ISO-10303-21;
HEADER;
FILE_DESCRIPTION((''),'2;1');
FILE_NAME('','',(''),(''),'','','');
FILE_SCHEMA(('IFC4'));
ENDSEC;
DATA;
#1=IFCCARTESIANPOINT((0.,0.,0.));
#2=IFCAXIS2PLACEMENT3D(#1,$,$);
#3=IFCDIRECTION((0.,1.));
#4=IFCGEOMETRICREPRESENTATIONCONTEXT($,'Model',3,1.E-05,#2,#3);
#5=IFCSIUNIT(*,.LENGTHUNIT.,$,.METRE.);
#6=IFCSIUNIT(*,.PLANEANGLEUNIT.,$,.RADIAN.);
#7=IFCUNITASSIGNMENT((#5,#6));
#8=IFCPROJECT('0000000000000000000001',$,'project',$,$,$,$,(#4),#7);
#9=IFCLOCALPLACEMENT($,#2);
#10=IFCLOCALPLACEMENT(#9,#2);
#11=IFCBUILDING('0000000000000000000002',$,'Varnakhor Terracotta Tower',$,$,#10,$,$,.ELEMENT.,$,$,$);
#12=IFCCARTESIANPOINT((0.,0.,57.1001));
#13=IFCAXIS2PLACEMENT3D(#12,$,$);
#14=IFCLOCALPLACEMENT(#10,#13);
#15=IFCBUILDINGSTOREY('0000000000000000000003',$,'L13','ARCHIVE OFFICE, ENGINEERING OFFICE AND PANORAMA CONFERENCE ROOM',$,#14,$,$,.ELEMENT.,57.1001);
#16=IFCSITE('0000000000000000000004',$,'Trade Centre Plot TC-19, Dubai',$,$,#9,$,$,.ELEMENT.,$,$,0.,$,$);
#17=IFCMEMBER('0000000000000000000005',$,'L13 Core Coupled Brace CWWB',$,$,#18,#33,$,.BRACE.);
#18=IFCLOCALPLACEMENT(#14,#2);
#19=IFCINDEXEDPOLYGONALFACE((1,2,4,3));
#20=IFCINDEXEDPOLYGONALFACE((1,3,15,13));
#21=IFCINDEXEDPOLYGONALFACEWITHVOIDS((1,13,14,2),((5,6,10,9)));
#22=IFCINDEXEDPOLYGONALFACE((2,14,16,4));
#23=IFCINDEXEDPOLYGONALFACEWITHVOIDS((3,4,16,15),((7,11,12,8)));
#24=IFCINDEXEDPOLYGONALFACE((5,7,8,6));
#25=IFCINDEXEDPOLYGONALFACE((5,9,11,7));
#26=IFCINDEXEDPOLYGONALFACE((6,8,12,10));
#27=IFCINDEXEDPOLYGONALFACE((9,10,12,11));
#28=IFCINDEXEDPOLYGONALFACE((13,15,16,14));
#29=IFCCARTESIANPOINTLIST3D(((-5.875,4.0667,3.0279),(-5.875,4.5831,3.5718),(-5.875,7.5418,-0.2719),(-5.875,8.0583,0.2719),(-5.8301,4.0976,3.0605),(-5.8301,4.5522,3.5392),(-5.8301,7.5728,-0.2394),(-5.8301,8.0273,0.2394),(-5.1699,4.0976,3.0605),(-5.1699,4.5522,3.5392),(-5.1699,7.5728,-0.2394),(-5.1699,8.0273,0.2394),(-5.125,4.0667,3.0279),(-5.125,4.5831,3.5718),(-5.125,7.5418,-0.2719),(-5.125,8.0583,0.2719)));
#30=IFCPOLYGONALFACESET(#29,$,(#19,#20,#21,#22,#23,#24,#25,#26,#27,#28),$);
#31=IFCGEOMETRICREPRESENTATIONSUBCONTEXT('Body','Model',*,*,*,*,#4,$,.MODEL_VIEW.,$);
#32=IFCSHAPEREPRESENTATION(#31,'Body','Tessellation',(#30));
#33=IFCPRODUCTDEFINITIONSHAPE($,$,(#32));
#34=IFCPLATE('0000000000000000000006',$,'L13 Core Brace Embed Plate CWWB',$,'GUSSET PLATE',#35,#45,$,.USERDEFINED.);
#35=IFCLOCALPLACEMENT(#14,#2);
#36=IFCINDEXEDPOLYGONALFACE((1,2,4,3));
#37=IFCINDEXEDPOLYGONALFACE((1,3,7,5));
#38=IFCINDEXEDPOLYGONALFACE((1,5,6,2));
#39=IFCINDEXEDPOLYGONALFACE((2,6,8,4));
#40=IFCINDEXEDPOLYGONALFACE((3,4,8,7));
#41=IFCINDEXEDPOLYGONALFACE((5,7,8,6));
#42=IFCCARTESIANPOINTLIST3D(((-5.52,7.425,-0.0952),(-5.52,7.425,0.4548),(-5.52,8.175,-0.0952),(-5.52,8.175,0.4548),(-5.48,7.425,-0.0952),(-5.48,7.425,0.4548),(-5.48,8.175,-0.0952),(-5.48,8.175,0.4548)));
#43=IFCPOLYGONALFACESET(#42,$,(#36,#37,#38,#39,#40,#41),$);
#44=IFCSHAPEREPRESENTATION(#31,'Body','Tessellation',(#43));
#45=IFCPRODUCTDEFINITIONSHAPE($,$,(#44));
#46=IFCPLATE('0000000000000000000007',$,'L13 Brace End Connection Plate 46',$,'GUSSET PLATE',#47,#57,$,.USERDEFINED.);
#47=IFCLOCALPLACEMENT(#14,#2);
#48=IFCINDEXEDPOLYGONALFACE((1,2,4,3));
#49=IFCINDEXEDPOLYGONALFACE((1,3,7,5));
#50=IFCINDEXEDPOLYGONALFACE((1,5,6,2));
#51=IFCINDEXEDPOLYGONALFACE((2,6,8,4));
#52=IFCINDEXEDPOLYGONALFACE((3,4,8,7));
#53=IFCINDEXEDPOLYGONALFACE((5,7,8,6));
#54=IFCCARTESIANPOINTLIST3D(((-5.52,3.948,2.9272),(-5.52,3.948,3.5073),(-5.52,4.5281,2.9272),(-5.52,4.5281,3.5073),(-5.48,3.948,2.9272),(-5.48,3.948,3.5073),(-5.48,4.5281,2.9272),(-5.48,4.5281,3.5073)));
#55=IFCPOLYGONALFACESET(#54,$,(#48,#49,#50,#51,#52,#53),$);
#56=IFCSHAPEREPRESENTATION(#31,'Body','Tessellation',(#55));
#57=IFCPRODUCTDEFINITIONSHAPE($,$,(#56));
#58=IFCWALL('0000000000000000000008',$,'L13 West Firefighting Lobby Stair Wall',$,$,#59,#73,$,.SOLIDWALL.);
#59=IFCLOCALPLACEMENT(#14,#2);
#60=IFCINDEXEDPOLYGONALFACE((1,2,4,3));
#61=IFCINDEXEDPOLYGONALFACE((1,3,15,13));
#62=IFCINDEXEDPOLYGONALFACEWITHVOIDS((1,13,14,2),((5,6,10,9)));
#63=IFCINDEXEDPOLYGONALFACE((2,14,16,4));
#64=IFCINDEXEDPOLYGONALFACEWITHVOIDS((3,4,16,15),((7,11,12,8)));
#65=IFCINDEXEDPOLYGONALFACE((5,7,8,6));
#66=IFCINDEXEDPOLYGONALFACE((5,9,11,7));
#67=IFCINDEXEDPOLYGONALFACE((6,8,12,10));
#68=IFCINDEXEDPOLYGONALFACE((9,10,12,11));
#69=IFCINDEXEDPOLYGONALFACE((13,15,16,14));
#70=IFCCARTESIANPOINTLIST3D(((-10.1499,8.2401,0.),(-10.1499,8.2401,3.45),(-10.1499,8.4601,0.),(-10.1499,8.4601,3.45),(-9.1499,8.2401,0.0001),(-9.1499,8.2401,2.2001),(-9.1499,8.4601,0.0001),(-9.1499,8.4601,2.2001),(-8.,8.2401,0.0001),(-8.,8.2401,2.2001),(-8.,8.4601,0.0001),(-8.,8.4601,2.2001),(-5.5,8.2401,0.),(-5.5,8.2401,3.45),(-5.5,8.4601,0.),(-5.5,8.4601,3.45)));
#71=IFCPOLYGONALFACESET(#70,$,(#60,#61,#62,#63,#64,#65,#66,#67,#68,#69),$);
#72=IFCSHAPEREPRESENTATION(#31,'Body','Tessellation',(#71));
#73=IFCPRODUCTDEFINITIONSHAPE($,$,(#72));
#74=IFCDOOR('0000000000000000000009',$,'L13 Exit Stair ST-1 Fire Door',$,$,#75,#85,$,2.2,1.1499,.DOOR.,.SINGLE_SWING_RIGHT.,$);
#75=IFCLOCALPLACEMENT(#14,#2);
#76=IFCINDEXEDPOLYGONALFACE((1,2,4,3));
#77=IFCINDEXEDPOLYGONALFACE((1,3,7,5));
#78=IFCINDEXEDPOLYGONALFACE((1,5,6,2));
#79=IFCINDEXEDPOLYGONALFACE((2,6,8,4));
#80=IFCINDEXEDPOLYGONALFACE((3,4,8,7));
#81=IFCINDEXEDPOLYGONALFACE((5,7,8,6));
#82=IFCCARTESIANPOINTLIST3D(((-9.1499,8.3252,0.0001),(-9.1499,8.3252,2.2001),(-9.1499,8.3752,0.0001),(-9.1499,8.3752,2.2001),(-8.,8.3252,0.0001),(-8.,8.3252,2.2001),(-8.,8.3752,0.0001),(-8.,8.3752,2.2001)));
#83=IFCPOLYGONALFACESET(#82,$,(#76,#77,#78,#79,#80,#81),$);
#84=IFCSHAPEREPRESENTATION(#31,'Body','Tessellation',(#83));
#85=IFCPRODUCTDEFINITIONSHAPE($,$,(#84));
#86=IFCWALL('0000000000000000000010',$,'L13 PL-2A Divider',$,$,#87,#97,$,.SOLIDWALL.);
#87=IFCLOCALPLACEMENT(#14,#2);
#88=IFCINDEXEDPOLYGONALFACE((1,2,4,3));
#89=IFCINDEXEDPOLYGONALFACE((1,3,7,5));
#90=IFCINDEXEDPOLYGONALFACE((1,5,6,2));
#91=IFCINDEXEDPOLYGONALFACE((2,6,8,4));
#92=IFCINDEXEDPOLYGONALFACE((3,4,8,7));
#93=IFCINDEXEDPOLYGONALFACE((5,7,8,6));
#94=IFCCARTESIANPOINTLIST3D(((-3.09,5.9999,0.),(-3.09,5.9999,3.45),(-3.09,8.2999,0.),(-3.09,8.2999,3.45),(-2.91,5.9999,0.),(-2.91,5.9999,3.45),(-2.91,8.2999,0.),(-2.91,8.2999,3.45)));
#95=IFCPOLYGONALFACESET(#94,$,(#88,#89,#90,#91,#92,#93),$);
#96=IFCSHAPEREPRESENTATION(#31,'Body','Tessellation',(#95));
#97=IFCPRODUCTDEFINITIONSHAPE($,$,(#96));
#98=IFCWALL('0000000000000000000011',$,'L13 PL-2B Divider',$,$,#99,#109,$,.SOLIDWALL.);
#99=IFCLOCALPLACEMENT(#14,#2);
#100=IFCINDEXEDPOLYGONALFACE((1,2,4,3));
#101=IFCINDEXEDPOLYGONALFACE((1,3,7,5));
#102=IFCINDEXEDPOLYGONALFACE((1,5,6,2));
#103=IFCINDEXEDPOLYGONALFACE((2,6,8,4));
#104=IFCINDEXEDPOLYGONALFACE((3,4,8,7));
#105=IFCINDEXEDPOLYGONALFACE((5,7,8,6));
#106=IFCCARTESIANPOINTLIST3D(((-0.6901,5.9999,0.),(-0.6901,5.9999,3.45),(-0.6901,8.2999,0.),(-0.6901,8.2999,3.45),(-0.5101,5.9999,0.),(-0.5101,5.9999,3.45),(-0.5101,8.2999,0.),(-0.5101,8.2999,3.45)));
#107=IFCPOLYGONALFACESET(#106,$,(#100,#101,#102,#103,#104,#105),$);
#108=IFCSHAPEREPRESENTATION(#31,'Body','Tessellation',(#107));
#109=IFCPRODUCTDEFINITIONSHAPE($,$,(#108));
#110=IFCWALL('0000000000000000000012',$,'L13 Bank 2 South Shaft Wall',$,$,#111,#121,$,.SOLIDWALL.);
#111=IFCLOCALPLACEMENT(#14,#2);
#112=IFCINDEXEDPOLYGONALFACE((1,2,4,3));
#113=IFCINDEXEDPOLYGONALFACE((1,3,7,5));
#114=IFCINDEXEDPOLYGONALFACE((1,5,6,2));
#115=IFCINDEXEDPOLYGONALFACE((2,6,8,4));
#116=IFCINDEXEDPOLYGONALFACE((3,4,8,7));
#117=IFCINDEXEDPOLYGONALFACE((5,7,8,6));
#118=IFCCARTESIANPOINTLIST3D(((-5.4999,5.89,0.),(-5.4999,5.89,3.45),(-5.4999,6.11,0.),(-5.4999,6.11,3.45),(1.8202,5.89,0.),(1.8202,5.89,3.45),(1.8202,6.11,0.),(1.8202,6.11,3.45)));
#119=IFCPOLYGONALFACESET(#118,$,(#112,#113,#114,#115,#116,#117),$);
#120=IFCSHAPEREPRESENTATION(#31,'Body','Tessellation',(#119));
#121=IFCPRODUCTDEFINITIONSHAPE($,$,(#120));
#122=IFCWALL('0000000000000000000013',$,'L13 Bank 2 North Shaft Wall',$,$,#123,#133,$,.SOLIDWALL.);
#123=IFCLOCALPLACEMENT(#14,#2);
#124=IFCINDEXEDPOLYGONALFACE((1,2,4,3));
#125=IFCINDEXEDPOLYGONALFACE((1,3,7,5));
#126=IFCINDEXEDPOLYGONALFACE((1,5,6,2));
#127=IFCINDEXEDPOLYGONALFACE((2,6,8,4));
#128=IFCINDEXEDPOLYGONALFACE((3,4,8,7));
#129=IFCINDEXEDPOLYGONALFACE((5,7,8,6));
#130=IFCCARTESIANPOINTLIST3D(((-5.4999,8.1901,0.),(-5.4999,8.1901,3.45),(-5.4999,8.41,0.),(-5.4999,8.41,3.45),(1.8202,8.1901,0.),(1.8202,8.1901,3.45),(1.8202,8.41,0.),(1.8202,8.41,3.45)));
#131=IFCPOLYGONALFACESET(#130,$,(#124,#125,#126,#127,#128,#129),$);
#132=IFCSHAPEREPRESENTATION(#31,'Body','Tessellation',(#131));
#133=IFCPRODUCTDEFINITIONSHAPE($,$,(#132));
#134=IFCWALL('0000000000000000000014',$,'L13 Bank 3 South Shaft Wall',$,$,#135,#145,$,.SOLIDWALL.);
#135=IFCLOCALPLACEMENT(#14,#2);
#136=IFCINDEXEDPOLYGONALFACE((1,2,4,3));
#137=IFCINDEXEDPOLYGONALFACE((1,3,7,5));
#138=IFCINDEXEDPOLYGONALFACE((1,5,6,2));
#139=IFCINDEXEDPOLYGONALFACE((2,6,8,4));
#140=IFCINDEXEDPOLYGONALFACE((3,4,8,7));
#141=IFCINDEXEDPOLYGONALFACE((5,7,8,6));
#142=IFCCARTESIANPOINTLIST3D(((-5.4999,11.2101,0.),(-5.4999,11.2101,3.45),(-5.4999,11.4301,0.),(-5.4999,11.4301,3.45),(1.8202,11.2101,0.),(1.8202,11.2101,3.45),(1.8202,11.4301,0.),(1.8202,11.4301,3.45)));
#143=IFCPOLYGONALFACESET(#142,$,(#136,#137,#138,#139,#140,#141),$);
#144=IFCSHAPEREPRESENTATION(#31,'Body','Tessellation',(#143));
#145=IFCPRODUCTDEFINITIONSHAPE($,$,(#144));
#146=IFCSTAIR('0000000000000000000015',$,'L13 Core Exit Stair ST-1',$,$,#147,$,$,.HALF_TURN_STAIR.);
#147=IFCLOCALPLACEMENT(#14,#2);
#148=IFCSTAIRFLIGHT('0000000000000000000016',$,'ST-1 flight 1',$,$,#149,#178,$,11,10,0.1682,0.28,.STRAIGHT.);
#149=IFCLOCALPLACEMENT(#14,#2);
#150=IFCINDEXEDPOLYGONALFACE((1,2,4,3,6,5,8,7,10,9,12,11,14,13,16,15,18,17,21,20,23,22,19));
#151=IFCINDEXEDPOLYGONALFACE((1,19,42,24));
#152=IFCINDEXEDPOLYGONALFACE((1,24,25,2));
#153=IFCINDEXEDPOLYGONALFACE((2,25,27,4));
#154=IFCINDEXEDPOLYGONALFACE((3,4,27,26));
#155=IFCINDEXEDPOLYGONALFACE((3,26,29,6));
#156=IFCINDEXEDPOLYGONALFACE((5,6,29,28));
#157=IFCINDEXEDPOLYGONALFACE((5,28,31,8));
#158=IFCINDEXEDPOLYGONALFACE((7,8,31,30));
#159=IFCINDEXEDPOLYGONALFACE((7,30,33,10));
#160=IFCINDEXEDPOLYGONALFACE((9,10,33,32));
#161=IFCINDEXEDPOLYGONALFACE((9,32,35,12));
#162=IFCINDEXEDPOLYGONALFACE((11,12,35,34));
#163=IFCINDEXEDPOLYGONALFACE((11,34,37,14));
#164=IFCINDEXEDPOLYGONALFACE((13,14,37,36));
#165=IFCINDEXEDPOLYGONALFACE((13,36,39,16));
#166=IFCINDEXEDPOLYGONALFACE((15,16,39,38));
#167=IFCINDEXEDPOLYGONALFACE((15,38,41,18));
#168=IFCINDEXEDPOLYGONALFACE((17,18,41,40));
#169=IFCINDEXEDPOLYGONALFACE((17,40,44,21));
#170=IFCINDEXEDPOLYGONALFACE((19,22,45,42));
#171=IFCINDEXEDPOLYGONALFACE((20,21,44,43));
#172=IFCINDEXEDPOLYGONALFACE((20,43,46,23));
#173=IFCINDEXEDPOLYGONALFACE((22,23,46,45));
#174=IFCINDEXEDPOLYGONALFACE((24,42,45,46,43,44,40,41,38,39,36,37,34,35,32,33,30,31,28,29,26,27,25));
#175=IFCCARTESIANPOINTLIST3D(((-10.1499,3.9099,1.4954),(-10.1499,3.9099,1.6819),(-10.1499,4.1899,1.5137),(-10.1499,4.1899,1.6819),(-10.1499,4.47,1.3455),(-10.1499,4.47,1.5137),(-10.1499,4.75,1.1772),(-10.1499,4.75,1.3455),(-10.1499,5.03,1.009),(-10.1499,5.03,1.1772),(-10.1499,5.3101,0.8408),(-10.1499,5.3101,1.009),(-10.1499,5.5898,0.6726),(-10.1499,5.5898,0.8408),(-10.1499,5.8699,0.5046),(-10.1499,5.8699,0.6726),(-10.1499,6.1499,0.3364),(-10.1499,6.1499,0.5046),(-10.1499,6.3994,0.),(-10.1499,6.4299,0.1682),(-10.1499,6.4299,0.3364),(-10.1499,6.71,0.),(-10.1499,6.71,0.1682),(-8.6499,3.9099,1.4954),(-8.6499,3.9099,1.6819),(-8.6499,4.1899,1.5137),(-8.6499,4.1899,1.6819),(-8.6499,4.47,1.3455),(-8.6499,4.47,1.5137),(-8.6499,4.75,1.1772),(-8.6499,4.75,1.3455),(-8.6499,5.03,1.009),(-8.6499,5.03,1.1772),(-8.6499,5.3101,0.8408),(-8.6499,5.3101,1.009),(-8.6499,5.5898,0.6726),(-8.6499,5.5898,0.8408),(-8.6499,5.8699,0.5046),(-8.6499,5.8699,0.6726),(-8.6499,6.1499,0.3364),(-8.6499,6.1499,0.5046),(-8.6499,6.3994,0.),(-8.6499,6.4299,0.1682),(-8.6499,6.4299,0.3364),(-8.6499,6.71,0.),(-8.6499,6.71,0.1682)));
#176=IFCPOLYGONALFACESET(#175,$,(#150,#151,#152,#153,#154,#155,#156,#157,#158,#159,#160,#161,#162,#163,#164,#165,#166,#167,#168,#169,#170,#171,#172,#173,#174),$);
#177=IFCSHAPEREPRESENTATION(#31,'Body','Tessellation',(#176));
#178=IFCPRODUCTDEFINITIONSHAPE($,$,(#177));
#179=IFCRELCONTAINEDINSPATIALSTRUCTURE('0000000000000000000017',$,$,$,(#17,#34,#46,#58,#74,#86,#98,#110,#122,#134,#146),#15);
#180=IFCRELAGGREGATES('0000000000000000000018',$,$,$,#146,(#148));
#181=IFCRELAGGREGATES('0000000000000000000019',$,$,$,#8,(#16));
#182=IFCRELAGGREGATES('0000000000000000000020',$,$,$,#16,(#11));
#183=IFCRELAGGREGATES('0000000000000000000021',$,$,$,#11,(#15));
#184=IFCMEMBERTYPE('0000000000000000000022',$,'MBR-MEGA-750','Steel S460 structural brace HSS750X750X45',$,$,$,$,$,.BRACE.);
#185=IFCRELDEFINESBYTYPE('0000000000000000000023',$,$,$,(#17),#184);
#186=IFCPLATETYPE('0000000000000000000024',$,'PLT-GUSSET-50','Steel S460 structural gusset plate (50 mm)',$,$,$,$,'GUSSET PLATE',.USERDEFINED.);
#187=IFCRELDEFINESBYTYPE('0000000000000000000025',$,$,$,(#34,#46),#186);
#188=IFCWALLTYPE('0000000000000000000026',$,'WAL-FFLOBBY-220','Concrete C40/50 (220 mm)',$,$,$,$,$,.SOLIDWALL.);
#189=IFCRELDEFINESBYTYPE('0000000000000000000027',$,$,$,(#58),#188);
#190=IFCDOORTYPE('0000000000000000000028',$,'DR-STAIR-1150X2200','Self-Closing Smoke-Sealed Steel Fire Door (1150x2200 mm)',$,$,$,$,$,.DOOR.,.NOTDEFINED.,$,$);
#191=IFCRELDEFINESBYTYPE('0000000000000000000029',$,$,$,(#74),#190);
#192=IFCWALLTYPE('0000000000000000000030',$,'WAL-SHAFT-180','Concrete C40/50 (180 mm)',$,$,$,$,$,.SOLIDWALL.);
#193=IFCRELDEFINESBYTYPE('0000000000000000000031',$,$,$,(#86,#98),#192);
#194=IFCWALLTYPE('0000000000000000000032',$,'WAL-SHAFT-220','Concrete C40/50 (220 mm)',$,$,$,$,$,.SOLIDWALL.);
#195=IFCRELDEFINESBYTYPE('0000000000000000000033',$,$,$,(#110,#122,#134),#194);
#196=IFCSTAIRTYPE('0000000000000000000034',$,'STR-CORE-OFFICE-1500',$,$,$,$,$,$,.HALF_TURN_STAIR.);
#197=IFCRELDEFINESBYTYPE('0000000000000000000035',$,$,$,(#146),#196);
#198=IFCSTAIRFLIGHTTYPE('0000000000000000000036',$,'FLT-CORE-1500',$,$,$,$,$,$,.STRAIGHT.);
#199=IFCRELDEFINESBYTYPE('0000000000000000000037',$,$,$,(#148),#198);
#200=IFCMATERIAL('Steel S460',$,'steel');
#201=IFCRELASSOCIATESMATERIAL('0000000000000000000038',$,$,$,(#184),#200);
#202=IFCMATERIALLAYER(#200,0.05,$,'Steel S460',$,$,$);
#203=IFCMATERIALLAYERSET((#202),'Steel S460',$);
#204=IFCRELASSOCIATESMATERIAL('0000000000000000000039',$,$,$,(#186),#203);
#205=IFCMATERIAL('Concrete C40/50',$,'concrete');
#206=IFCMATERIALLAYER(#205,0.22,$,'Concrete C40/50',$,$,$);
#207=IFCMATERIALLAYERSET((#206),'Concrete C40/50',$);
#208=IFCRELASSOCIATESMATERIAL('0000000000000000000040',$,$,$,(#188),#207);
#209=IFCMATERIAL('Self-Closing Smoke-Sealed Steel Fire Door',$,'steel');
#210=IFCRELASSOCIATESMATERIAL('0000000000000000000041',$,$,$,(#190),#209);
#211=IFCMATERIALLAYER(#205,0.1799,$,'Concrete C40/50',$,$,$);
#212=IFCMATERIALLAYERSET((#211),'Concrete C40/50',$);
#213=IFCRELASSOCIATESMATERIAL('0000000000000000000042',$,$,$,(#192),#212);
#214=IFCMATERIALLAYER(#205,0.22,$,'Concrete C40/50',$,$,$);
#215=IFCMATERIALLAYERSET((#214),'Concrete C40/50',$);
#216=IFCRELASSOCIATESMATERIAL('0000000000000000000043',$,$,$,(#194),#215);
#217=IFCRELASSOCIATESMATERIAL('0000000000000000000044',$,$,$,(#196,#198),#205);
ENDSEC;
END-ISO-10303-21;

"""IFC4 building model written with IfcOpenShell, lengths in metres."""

from ifc_helpers import new_model, si_unit, direction, frame, frame_2d, origin, origin_2d, place, context, subcontext, project, spatial, polyline, rectangle, hollow_rectangle, outline, extrude, source, transform, mapped, material, layer, layer_set, material_profile, profile_set, type_object, type_shapes, element, fill, aggregate, save


model = new_model("IFC4")

# Units and contexts
model_context = context("Model", 3, precision=1e-05, world=origin(), true_north=direction((0.0, 1.0)))
body_context = subcontext(model_context, "Body", "Model", "MODEL_VIEW")
ifc_project = project(units=[si_unit("LENGTHUNIT", "METRE"), si_unit("PLANEANGLEUNIT", "RADIAN")], contexts=[model_context])

# Site, building, storey
site_placement = place(None, origin())
site = spatial("IfcSite", under=ifc_project, at=site_placement, Name="Trade Centre Plot TC-19, Dubai", CompositionType="ELEMENT", RefElevation=0.0)
building_placement = place(site_placement, origin())
building = spatial("IfcBuilding", under=site, at=building_placement, Name="Varnakhor Terracotta Tower", CompositionType="ELEMENT")
storey_placement = place(building_placement, frame((0.0, 0.0, 57.1001)))
storey = spatial("IfcBuildingStorey", under=building, at=storey_placement, Name="L13", Description="ARCHIVE OFFICE, ENGINEERING OFFICE AND PANORAMA CONFERENCE ROOM", CompositionType="ELEMENT", Elevation=57.1001)

# Member
ifc_material_1 = material(Name="Steel S460", Category="steel")
ifc_material_profile = material_profile(ifc_material_1, hollow_rectangle(XDim=0.75, YDim=0.75, WallThickness=0.0449, at=origin_2d()), Name="HSS750X750X45")
ifc_profile_set = profile_set([ifc_material_profile], Name="Steel S460")
member_type = type_object("IfcMemberType", Name="MBR-MEGA-750", Description="Steel S460 structural brace HSS750X750X45", PredefinedType="BRACE", material=ifc_profile_set)
shared_shape_1 = source(origin(), body_context, "Body", "SweptSolid", [
    extrude(hollow_rectangle(XDim=0.75, YDim=0.75, WallThickness=0.0449, at=origin_2d()), origin(), (0.0, 0.0, 1.0), 4.7922),
])
member_placement = place(storey_placement, frame((-5.5, 7.8, 0.0), z_axis=(0.0, -0.72516, 0.688581), x_axis=(1.0, 0.0, 0.0)))
element("IfcMember", 1, at=member_placement, inside=storey, type_object=member_type, Name="L13 Core Coupled Brace CWWB", PredefinedType="BRACE", context=body_context, shape_type="MappedRepresentation", body=[
    mapped(shared_shape_1, transform((0.0, 0.0, 0.0), scale=1.0)),
])

# Plates
ifc_layer_1 = layer(ifc_material_1, 0.05, Name="Steel S460")
ifc_layer_set_1 = layer_set([ifc_layer_1], Name="Steel S460")
plate_type = type_object("IfcPlateType", Name="PLT-GUSSET-50", Description="Steel S460 structural gusset plate (50 mm)", ElementType="GUSSET PLATE", PredefinedType="USERDEFINED", material=ifc_layer_set_1)
shared_shape_2 = source(origin(), body_context, "Body", "SweptSolid", [
    extrude(rectangle(XDim=0.75, YDim=0.04, at=origin_2d()), origin(), (0.0, 0.0, 1.0), 0.55),
])
type_shapes(plate_type, [shared_shape_2])
plate_1_placement = place(storey_placement, frame((-5.5, 7.8, -0.0952), z_axis=(0.0, 0.0, 1.0), x_axis=(0.0, 1.0, 0.0)))
element("IfcPlate", 2, at=plate_1_placement, inside=storey, type_object=plate_type, Name="L13 Core Brace Embed Plate CWWB", ObjectType="GUSSET PLATE", PredefinedType="USERDEFINED", context=body_context, shape_type="MappedRepresentation", body=[
    mapped(shared_shape_2, transform((0.0, 0.0, 0.0), scale=1.0)),
])
shared_shape_3 = source(origin(), body_context, "Body", "SweptSolid", [
    extrude(rectangle(XDim=0.5801, YDim=0.04, at=origin_2d()), origin(), (0.0, 0.0, 1.0), 0.5801),
])
plate_2_placement = place(storey_placement, frame((-5.5, 4.238, 2.9272), z_axis=(0.0, 0.0, 1.0), x_axis=(0.0, 1.0, 0.0)))
element("IfcPlate", 3, at=plate_2_placement, inside=storey, type_object=plate_type, Name="L13 Brace End Connection Plate 46", ObjectType="GUSSET PLATE", PredefinedType="USERDEFINED", context=body_context, shape_type="MappedRepresentation", body=[
    mapped(shared_shape_3, transform((0.0, 0.0, 0.0), scale=1.0)),
])

# Wall, opening, door
ifc_material_2 = material(Name="Concrete C40/50", Category="concrete")
ifc_layer_2 = layer(ifc_material_2, 0.22, Name="Concrete C40/50")
ifc_layer_set_2 = layer_set([ifc_layer_2], Name="Concrete C40/50")
wall_type_1 = type_object("IfcWallType", Name="WAL-FFLOBBY-220", Description="Concrete C40/50 (220 mm)", PredefinedType="SOLIDWALL", material=ifc_layer_set_2)
wall_placement = place(storey_placement, frame((-5.5, 8.3501, 0.0), z_axis=(0.0, 0.0, 1.0), x_axis=(-1.0, 0.0, 0.0)))
wall = element("IfcWall", 4, at=wall_placement, inside=storey, type_object=wall_type_1, Name="L13 West Firefighting Lobby Stair Wall", PredefinedType="SOLIDWALL", context=body_context, shape_type="SweptSolid", body=[
    extrude(rectangle(XDim=4.6499, YDim=0.22, at=frame_2d((2.325, 0.0))), origin(), (0.0, 0.0, 1.0), 3.45),
])
opening_placement = place(wall_placement, frame((2.5, 0.0, 0.0)))
opening = element("IfcOpeningElement", 5, at=opening_placement, cuts=wall, PredefinedType="OPENING", context=body_context, shape_type="SweptSolid", body=[
    extrude(rectangle(XDim=1.1499, YDim=2.2, at=frame_2d((0.575, 1.1001))), frame((0.0, 0.1201, 0.0), z_axis=(0.0, -1.0, 0.0), x_axis=(1.0, 0.0, 0.0)), (0.0, 0.0, 1.0), 0.24),
])
ifc_material_3 = material(Name="Self-Closing Smoke-Sealed Steel Fire Door", Category="steel")
door_type = type_object("IfcDoorType", Name="DR-STAIR-1150X2200", Description="Self-Closing Smoke-Sealed Steel Fire Door (1150x2200 mm)", OperationType="NOTDEFINED", PredefinedType="DOOR", material=ifc_material_3)
shared_shape_4 = source(origin(), body_context, "Body", "SweptSolid", [
    extrude(rectangle(XDim=1.1499, YDim=2.2, at=frame_2d((0.575, 1.1001))), frame((0.0, 0.0249, 0.0), z_axis=(0.0, -1.0, 0.0), x_axis=(1.0, 0.0, 0.0)), (0.0, 0.0, 1.0), 0.05),
])
type_shapes(door_type, [shared_shape_4])
door_placement = place(opening_placement, origin())
door = element("IfcDoor", 6, at=door_placement, inside=storey, type_object=door_type, Name="L13 Exit Stair ST-1 Fire Door", OperationType="SINGLE_SWING_RIGHT", OverallHeight=2.2, OverallWidth=1.1499, PredefinedType="DOOR", context=body_context, shape_type="MappedRepresentation", body=[
    mapped(shared_shape_4, transform((0.0, 0.0, 0.0), scale=1.0)),
])
fill(opening, door)

# Walls
ifc_layer_3 = layer(ifc_material_2, 0.1799, Name="Concrete C40/50")
ifc_layer_set_3 = layer_set([ifc_layer_3], Name="Concrete C40/50")
wall_type_2 = type_object("IfcWallType", Name="WAL-SHAFT-180", Description="Concrete C40/50 (180 mm)", PredefinedType="SOLIDWALL", material=ifc_layer_set_3)
for number, where, z_axis, x_axis, name in (
    (7, (-3.0, 6.0, 0.0), (0.0, 0.0, 1.0), (0.0, 1.0, 0.0), "L13 PL-2A Divider"),
    (8, (-0.6001, 6.0, 0.0), (0.0, 0.0, 1.0), (0.0, 1.0, 0.0), "L13 PL-2B Divider"),
):
    element("IfcWall", number, at=place(storey_placement, frame(where, z_axis=z_axis, x_axis=x_axis)), inside=storey, type_object=wall_type_2, Name=name, PredefinedType="SOLIDWALL", context=body_context, shape_type="SweptSolid", body=[
        extrude(rectangle(XDim=2.3, YDim=0.1799, at=frame_2d((1.1499, 0.0))), origin(), (0.0, 0.0, 1.0), 3.45),
    ])
ifc_layer_4 = layer(ifc_material_2, 0.22, Name="Concrete C40/50")
ifc_layer_set_4 = layer_set([ifc_layer_4], Name="Concrete C40/50")
wall_type_3 = type_object("IfcWallType", Name="WAL-SHAFT-220", Description="Concrete C40/50 (220 mm)", PredefinedType="SOLIDWALL", material=ifc_layer_set_4)
for number, where, z_axis, x_axis, name in (
    (9, (-5.5, 6.0, 0.0), (0.0, 0.0, 1.0), (1.0, 0.0, 0.0), "L13 Bank 2 South Shaft Wall"),
    (10, (-5.5, 8.3, 0.0), (0.0, 0.0, 1.0), (1.0, 0.0, 0.0), "L13 Bank 2 North Shaft Wall"),
    (11, (-5.5, 11.3201, 0.0), (0.0, 0.0, 1.0), (1.0, 0.0, 0.0), "L13 Bank 3 South Shaft Wall"),
):
    element("IfcWall", number, at=place(storey_placement, frame(where, z_axis=z_axis, x_axis=x_axis)), inside=storey, type_object=wall_type_3, Name=name, PredefinedType="SOLIDWALL", context=body_context, shape_type="SweptSolid", body=[
        extrude(rectangle(XDim=7.3201, YDim=0.22, at=frame_2d((3.6602, 0.0))), origin(), (0.0, 0.0, 1.0), 3.45),
    ])

# Stair, stair flight
stair_type = type_object("IfcStairType", Name="STR-CORE-OFFICE-1500", PredefinedType="HALF_TURN_STAIR", material=ifc_material_2)
stair_placement = place(storey_placement, origin())
stair = element("IfcStair", 12, at=stair_placement, inside=storey, type_object=stair_type, Name="L13 Core Exit Stair ST-1", PredefinedType="HALF_TURN_STAIR")
stair_flight_type = type_object("IfcStairFlightType", Name="FLT-CORE-1500", PredefinedType="STRAIGHT", material=ifc_material_2)
stair_flight_1_placement = place(storey_placement, frame((-9.3999, 6.71, 0.0), z_axis=(0.0, 0.0, 1.0), x_axis=(0.0, -1.0, 0.0)))
stair_flight_1 = element("IfcStairFlight", 13, at=stair_flight_1_placement, type_object=stair_flight_type, Name="ST-1 flight 1", NumberOfRisers=11, NumberOfTreads=10, PredefinedType="STRAIGHT", RiserHeight=0.1682, TreadLength=0.28, context=body_context, shape_type="SweptSolid", body=[
    extrude(outline(polyline([(0.0, 0.0), (0.0, 0.1682), (0.28, 0.1682), (0.28, 0.3364), (0.5601, 0.3364), (0.5601, 0.5046), (0.8401, 0.5046), (0.8401, 0.6726), (1.1201, 0.6726), (1.1201, 0.8408), (1.3999, 0.8408), (1.3999, 1.009), (1.6799, 1.009), (1.6799, 1.1772), (1.96, 1.1772), (1.96, 1.3455), (2.24, 1.3455), (2.24, 1.5137), (2.52, 1.5137), (2.52, 1.6819), (2.8, 1.6819), (2.8, 1.8501), (2.8, 1.4954), (0.3105, 0.0), (0.0, 0.0)])), frame((0.0, 0.75, 0.0), z_axis=(0.0, -1.0, 0.0), x_axis=(1.0, 0.0, 0.0)), (0.0, 0.0, 1.0), 1.5),
])
aggregate(stair, [stair_flight_1])

save(model, "model.ifc")
